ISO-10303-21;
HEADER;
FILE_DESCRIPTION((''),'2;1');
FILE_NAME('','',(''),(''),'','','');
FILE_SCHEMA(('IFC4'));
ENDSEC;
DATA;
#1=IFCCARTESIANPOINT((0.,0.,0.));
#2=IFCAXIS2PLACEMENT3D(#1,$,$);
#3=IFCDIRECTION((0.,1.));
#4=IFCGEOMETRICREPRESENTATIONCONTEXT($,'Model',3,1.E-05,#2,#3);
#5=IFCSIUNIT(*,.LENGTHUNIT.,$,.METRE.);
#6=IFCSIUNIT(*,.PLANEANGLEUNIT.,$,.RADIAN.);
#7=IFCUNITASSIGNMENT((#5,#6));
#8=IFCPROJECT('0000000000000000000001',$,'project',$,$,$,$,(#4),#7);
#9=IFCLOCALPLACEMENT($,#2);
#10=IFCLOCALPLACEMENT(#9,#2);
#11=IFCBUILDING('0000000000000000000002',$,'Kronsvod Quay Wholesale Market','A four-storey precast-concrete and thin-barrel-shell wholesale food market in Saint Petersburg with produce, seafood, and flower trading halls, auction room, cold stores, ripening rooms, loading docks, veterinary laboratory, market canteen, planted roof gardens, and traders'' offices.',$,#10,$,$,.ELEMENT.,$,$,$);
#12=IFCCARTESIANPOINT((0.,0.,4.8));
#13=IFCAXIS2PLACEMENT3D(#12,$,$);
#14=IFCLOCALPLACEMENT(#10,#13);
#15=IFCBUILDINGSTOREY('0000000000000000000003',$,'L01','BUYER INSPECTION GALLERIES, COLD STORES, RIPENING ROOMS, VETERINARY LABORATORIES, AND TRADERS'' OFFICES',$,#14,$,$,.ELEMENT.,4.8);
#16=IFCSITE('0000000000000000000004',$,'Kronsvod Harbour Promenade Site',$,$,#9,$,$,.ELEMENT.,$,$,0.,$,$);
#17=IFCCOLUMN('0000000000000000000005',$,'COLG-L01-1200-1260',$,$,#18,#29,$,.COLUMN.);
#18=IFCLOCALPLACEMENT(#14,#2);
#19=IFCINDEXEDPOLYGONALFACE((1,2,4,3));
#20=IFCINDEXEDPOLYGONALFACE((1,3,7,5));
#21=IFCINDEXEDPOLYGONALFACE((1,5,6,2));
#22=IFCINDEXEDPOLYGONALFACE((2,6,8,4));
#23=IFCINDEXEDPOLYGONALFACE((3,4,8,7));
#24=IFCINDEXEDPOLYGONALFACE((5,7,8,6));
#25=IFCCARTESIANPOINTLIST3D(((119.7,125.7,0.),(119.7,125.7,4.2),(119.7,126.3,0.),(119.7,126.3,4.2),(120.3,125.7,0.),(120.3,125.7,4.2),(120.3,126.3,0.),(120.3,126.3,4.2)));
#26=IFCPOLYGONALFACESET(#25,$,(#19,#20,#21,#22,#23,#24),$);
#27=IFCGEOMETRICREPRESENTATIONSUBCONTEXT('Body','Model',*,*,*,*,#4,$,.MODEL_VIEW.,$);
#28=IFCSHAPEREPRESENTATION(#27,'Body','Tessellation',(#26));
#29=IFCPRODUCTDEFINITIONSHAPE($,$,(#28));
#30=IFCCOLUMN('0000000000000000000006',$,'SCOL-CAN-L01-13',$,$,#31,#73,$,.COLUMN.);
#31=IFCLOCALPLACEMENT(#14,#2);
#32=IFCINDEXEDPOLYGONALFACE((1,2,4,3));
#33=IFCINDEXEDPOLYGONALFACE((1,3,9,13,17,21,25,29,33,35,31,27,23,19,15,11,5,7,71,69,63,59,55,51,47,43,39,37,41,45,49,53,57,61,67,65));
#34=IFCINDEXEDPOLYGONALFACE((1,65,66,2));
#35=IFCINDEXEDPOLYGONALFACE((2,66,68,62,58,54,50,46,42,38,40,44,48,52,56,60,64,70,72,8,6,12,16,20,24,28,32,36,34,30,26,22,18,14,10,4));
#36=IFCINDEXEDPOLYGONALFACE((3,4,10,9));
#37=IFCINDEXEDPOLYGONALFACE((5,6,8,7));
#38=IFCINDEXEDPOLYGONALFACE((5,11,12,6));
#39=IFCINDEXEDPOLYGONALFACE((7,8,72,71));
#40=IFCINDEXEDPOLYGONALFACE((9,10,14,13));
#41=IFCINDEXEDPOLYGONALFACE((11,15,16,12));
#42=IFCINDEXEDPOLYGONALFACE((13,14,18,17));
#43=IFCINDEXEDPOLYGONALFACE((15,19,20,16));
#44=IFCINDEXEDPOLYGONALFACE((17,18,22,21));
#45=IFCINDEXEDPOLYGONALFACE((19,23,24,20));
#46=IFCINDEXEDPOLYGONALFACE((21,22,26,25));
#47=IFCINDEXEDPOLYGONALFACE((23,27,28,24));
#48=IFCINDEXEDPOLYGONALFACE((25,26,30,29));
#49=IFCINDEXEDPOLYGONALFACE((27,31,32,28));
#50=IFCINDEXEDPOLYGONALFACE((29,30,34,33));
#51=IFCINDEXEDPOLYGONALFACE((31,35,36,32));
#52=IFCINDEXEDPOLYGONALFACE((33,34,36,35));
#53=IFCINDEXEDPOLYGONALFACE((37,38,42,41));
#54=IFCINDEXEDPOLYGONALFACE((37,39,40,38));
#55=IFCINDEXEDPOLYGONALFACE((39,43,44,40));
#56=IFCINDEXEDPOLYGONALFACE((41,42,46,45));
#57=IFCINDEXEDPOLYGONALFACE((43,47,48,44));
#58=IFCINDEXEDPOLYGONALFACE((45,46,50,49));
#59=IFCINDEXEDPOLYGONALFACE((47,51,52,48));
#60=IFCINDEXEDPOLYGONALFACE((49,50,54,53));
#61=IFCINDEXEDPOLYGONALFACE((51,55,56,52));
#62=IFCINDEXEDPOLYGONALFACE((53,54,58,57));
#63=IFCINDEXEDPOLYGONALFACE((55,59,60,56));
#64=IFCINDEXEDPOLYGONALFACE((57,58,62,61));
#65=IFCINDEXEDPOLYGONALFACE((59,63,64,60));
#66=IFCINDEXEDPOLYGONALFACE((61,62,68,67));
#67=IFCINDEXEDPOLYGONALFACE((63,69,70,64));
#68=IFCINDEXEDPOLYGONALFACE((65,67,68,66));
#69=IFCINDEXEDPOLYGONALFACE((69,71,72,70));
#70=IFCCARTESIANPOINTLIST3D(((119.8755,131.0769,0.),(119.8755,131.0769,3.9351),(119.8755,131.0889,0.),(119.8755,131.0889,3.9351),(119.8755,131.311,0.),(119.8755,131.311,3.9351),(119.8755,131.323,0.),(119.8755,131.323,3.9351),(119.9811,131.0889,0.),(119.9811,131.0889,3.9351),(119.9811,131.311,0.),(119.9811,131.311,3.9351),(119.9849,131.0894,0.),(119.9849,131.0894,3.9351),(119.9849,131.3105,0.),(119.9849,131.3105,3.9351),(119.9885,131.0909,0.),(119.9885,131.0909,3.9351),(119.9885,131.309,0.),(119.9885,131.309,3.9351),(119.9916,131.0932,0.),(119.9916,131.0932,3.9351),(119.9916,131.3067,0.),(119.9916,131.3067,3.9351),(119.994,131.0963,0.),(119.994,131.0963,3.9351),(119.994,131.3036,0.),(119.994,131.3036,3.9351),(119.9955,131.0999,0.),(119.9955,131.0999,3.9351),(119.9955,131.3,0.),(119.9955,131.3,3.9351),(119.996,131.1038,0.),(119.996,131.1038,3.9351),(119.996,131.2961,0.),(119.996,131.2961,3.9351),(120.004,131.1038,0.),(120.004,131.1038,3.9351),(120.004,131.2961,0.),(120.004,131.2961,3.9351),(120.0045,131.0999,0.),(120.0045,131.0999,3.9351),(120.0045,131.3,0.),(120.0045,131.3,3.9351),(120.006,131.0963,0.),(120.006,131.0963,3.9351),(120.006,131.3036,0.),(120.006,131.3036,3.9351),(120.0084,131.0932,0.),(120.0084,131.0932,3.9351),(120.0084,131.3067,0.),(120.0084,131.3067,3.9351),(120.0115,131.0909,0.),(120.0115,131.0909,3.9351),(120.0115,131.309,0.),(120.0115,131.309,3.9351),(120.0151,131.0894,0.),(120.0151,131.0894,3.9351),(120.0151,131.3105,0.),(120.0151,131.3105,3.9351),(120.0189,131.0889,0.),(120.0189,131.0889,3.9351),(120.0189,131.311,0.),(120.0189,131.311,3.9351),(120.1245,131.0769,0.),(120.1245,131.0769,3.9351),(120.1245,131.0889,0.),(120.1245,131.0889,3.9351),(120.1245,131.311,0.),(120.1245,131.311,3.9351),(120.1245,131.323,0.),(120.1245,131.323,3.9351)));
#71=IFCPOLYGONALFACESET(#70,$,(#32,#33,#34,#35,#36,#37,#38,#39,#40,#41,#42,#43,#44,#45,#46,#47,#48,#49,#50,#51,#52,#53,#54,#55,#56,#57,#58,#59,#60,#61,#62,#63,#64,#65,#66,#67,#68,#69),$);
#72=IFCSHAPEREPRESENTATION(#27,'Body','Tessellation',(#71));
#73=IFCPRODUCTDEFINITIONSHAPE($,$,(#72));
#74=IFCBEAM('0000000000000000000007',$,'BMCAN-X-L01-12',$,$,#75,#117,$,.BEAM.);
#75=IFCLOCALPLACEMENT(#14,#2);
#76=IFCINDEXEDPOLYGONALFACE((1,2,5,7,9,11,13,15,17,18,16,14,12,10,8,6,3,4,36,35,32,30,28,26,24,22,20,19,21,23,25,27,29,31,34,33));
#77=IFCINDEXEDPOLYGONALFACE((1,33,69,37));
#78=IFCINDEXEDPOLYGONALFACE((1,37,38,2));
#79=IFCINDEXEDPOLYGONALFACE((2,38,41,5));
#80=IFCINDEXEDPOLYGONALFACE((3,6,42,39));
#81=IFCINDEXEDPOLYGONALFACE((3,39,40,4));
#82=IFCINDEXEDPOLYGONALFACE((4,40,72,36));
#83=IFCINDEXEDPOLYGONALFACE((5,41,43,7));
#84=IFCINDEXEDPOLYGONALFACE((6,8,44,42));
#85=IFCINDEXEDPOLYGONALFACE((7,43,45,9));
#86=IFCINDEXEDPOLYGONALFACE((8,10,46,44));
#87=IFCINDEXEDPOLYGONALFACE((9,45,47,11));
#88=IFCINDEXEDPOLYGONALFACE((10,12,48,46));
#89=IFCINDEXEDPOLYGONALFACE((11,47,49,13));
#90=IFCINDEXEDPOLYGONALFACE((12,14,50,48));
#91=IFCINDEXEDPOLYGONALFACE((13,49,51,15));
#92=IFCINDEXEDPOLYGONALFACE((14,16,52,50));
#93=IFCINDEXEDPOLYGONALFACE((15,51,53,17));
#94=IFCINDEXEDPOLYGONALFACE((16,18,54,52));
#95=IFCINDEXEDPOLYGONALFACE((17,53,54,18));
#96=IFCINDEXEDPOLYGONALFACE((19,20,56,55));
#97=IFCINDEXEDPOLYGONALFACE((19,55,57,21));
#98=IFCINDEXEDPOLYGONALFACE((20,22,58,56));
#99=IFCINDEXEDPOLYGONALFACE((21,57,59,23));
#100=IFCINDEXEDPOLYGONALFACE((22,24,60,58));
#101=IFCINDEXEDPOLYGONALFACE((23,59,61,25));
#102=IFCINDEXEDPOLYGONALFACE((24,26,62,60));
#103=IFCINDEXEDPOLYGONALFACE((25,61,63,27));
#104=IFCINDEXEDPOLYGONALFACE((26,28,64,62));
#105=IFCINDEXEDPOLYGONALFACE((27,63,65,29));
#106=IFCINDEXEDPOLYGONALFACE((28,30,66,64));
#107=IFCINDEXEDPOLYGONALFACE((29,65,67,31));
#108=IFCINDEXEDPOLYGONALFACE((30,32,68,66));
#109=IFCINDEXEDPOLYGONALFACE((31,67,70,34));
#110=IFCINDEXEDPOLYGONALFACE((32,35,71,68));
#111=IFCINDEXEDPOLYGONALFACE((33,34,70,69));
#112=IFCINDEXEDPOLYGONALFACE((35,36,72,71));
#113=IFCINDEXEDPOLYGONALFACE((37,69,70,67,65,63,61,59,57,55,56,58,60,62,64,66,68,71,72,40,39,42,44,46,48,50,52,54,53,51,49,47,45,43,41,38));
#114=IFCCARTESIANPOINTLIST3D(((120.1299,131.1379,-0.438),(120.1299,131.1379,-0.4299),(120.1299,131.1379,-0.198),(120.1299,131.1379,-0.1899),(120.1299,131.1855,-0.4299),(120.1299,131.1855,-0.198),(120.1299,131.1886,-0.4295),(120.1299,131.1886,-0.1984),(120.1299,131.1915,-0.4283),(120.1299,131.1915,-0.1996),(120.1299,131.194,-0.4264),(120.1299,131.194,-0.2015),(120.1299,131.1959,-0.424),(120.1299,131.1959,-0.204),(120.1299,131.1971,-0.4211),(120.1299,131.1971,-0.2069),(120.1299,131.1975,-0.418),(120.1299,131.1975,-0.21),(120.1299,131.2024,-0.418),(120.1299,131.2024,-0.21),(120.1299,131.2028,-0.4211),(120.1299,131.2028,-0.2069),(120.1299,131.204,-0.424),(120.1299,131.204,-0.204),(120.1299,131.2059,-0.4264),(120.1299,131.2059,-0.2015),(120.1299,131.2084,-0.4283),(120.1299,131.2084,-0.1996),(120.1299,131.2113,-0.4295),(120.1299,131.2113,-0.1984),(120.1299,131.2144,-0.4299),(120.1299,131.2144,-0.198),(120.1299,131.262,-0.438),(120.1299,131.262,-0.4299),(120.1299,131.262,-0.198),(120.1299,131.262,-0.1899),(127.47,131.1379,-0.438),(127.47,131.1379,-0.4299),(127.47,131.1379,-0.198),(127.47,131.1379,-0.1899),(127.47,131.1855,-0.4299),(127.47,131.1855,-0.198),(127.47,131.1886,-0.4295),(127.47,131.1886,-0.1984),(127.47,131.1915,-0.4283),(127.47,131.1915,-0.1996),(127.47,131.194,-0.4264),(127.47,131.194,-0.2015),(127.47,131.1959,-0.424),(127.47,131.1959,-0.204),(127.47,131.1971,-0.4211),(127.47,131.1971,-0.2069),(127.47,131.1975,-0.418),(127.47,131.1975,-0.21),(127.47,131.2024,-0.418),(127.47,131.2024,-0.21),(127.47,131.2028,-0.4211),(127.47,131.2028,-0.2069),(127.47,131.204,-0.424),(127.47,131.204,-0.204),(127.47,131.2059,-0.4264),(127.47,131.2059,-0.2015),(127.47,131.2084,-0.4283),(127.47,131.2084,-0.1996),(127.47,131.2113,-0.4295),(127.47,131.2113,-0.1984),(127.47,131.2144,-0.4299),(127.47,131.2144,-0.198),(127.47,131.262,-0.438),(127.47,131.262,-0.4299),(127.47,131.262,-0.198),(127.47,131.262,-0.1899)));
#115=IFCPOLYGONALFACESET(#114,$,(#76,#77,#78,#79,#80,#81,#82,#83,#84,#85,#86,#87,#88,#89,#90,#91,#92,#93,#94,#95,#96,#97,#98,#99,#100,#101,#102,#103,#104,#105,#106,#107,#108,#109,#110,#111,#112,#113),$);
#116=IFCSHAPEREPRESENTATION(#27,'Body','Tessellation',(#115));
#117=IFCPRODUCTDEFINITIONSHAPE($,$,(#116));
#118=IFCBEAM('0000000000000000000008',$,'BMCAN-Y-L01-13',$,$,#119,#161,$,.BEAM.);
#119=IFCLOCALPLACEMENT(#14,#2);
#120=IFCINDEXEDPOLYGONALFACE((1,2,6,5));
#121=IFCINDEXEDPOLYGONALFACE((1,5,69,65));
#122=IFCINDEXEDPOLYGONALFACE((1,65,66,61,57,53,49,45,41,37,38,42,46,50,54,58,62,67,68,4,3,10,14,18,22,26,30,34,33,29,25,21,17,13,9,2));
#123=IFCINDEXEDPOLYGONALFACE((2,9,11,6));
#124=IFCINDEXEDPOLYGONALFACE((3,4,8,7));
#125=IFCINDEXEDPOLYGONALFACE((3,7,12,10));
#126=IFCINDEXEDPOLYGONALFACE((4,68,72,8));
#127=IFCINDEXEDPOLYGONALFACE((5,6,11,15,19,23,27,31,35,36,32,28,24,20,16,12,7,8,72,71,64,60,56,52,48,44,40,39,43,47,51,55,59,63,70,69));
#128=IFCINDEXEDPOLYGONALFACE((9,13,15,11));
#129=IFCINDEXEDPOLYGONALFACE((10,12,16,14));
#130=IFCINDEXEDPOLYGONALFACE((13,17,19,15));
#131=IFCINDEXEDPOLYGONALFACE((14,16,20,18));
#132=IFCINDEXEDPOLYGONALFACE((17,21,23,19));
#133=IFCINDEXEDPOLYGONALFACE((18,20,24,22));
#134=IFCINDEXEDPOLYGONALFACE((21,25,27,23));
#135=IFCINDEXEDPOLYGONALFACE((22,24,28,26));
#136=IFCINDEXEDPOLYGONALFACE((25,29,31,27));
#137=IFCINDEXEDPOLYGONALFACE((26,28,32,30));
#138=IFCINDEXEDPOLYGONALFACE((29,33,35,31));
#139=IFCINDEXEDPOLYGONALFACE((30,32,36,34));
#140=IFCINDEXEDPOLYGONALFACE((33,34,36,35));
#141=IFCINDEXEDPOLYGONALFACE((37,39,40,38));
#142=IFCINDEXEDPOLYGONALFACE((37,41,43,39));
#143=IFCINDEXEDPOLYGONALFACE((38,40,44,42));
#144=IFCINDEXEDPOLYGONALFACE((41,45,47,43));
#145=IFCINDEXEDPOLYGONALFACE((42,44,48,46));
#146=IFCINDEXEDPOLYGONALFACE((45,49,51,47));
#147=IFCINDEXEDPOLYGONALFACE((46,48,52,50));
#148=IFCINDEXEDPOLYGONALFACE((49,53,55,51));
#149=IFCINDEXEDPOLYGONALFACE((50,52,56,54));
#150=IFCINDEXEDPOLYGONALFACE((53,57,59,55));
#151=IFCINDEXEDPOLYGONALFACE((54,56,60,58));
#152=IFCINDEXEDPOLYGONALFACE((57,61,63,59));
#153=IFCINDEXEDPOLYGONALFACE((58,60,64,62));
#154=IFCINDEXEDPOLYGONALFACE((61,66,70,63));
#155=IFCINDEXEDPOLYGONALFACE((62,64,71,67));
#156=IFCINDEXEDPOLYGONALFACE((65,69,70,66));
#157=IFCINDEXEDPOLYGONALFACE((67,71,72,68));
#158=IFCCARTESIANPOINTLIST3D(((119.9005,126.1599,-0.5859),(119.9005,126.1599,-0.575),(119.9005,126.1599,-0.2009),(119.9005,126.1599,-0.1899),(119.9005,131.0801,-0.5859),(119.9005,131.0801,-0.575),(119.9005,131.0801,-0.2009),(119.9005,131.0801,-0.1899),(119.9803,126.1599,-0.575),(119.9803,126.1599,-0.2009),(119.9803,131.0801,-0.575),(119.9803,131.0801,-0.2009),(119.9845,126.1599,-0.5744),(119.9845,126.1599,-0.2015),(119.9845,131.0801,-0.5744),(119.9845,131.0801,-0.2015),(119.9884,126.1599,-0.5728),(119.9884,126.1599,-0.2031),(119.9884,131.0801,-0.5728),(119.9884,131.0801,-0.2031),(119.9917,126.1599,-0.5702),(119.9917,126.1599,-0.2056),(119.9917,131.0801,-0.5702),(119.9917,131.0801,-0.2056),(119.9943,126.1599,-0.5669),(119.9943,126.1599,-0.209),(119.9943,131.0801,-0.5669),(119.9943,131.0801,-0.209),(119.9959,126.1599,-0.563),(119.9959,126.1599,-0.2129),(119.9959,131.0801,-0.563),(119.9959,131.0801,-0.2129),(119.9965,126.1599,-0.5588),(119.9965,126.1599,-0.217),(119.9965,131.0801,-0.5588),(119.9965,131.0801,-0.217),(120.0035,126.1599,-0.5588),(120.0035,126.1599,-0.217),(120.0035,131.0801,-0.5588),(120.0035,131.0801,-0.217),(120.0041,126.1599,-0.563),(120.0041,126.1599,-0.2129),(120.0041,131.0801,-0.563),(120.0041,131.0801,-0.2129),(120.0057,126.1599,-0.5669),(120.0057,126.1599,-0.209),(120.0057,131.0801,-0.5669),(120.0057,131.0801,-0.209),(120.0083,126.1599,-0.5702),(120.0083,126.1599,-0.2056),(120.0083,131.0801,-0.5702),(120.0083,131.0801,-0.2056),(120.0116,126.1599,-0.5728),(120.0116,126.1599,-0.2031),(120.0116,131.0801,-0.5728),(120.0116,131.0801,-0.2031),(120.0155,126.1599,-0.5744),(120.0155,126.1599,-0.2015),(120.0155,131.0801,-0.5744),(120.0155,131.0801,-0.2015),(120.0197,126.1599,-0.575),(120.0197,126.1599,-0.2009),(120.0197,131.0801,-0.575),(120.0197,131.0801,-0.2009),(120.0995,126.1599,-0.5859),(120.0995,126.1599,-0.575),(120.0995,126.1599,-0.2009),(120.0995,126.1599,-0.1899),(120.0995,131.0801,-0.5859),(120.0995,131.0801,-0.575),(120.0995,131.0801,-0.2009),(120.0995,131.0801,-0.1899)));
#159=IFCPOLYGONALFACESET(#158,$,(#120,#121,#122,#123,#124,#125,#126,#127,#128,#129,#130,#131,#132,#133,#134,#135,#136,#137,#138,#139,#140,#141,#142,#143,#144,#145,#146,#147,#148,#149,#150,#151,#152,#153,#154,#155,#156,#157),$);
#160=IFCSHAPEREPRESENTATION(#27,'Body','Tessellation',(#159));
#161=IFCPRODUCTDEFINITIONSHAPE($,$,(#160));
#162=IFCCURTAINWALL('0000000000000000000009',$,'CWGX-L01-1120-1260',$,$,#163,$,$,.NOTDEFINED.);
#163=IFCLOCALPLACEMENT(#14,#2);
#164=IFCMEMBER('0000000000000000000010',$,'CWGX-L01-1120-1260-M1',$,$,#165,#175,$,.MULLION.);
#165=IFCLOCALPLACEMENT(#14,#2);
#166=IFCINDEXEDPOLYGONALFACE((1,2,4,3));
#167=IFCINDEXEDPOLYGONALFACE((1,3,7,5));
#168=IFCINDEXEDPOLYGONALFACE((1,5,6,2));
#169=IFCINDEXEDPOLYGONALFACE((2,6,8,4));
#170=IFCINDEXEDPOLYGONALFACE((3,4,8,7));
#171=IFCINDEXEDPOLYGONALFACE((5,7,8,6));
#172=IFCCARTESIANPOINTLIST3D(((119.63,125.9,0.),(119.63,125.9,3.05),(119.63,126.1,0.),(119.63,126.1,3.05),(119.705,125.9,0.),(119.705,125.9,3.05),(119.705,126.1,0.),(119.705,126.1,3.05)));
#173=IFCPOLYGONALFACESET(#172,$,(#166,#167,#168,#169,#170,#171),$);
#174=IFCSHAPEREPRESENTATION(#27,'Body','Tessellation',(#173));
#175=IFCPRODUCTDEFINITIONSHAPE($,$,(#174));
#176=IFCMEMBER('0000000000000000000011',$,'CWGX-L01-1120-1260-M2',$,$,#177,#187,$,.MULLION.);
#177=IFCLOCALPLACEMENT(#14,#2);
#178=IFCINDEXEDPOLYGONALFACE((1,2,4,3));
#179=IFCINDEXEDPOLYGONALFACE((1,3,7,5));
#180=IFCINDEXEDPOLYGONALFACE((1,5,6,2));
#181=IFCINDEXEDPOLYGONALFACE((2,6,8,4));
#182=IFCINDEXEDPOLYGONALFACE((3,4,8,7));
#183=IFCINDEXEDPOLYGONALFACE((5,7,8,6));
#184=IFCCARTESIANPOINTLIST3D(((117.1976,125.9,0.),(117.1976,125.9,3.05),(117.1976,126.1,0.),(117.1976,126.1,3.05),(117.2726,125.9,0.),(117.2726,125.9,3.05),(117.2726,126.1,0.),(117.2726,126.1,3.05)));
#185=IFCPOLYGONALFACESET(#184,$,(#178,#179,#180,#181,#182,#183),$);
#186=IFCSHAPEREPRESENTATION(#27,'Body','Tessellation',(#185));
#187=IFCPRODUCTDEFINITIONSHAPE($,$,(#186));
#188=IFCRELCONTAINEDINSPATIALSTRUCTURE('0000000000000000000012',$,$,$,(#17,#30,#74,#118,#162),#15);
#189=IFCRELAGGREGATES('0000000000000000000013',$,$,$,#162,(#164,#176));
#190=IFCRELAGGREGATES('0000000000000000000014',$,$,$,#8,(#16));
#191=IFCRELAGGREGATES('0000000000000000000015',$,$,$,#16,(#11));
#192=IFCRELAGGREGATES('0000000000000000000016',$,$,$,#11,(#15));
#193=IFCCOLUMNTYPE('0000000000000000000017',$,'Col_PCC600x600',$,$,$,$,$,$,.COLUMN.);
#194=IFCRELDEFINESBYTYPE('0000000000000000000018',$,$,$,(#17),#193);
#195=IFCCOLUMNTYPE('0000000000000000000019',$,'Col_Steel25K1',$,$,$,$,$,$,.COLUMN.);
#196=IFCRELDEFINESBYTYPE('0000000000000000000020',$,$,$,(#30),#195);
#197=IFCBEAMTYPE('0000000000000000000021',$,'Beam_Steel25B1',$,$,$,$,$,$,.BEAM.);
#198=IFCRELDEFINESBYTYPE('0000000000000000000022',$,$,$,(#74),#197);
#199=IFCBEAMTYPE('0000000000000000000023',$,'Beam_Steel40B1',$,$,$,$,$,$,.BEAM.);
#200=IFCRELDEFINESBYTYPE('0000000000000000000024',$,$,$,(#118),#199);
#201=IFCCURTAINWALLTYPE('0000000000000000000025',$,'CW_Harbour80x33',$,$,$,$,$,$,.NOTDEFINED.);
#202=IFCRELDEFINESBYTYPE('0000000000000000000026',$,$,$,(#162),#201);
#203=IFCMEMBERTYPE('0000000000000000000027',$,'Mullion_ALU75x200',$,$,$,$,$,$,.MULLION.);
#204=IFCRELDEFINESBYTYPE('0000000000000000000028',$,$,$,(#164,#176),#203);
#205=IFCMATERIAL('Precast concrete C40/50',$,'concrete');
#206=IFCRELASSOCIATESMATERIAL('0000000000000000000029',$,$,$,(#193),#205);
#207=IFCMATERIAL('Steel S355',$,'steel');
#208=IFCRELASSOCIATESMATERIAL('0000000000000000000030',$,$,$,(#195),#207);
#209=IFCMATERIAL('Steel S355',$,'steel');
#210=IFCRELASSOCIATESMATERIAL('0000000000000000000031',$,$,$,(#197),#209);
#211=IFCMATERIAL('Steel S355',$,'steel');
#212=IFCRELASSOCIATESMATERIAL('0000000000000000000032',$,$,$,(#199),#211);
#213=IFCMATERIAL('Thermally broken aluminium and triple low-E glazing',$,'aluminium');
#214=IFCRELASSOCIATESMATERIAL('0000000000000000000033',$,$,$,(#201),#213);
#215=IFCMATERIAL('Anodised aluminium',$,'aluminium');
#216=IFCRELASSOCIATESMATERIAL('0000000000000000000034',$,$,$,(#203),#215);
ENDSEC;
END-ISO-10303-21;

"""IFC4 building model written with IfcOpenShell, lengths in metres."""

from ifc_helpers import new_model, si_unit, direction, frame, origin, origin_2d, place, context, subcontext, project, spatial, rectangle, i_section, extrude, material, material_profile, profile_set, type_object, element, aggregate, save


model = new_model("IFC4")

# Units and contexts
model_context = context("Model", 3, precision=1e-05, world=origin(), true_north=direction((0.0, 1.0)))
body_context = subcontext(model_context, "Body", "Model", "MODEL_VIEW")
ifc_project = project(units=[si_unit("LENGTHUNIT", "METRE"), si_unit("PLANEANGLEUNIT", "RADIAN")], contexts=[model_context])

# Site, building, storey
site_placement = place(None, origin())
site = spatial("IfcSite", under=ifc_project, at=site_placement, Name="Kronsvod Harbour Promenade Site", CompositionType="ELEMENT", RefElevation=0.0)
building_placement = place(site_placement, origin())
building = spatial("IfcBuilding", under=site, at=building_placement, Name="Kronsvod Quay Wholesale Market", Description="A four-storey precast-concrete and thin-barrel-shell wholesale food market in Saint Petersburg with produce, seafood, and flower trading halls, auction room, cold stores, ripening rooms, loading docks, veterinary laboratory, market canteen, planted roof gardens, and traders' offices.", CompositionType="ELEMENT")
storey_placement = place(building_placement, frame((0.0, 0.0, 4.8)))
storey = spatial("IfcBuildingStorey", under=building, at=storey_placement, Name="L01", Description="BUYER INSPECTION GALLERIES, COLD STORES, RIPENING ROOMS, VETERINARY LABORATORIES, AND TRADERS' OFFICES", CompositionType="ELEMENT", Elevation=4.8)

# Columns
ifc_material_1 = material(Name="Precast concrete C40/50", Category="concrete")
ifc_material_profile_1 = material_profile(ifc_material_1, rectangle(XDim=0.6001, YDim=0.6001, at=origin_2d()), Name="PCC600x600")
ifc_profile_set_1 = profile_set([ifc_material_profile_1], Name="Precast concrete C40/50")
column_type_1 = type_object("IfcColumnType", Name="Col_PCC600x600", PredefinedType="COLUMN", material=ifc_profile_set_1)
column_1_placement = place(storey_placement, frame((120.0, 126.0, 0.0), z_axis=(0.0, 0.0, 1.0), x_axis=(1.0, 0.0, 0.0)))
element("IfcColumn", 1, at=column_1_placement, inside=storey, type_object=column_type_1, Name="COLG-L01-1200-1260", PredefinedType="COLUMN", context=body_context, shape_type="SweptSolid", body=[
    extrude(rectangle(XDim=0.6001, YDim=0.6001, at=origin_2d()), origin(), (0.0, 0.0, 1.0), 4.2),
])
ifc_material_2 = material(Name="Steel S355", Category="steel")
ifc_material_profile_2 = material_profile(ifc_material_2, i_section(OverallWidth=0.249, OverallDepth=0.2461, WebThickness=0.0081, FlangeThickness=0.012, FilletRadius=0.0149, at=origin_2d()), Name="25K1")
ifc_profile_set_2 = profile_set([ifc_material_profile_2], Name="Steel S355")
column_type_2 = type_object("IfcColumnType", Name="Col_Steel25K1", PredefinedType="COLUMN", material=ifc_profile_set_2)
column_2_placement = place(storey_placement, frame((120.0, 131.2, 0.0), z_axis=(0.0, 0.0, 1.0), x_axis=(1.0, 0.0, 0.0)))
element("IfcColumn", 2, at=column_2_placement, inside=storey, type_object=column_type_2, Name="SCOL-CAN-L01-13", PredefinedType="COLUMN", context=body_context, shape_type="SweptSolid", body=[
    extrude(i_section(OverallWidth=0.249, OverallDepth=0.2461, WebThickness=0.0081, FlangeThickness=0.012, FilletRadius=0.0149, at=origin_2d()), origin(), (0.0, 0.0, 1.0), 3.9351),
])

# Beams
ifc_material_3 = material(Name="Steel S355", Category="steel")
ifc_material_profile_3 = material_profile(ifc_material_3, i_section(OverallWidth=0.124, OverallDepth=0.248, WebThickness=0.0049, FlangeThickness=0.0081, FilletRadius=0.012, at=origin_2d()), Name="25B1")
ifc_profile_set_3 = profile_set([ifc_material_profile_3], Name="Steel S355")
beam_type_1 = type_object("IfcBeamType", Name="Beam_Steel25B1", PredefinedType="BEAM", material=ifc_profile_set_3)
beam_1_placement = place(storey_placement, frame((120.1299, 131.2, -0.314), z_axis=(1.0, 0.0, 0.0), x_axis=(0.0, 1.0, 0.0)))
element("IfcBeam", 3, at=beam_1_placement, inside=storey, type_object=beam_type_1, Name="BMCAN-X-L01-12", PredefinedType="BEAM", context=body_context, shape_type="SweptSolid", body=[
    extrude(i_section(OverallWidth=0.124, OverallDepth=0.248, WebThickness=0.0049, FlangeThickness=0.0081, FilletRadius=0.012, at=origin_2d()), origin(), (0.0, 0.0, 1.0), 7.3401),
])
ifc_material_4 = material(Name="Steel S355", Category="steel")
ifc_material_profile_4 = material_profile(ifc_material_4, i_section(OverallWidth=0.199, OverallDepth=0.396, WebThickness=0.0071, FlangeThickness=0.011, FilletRadius=0.0161, at=origin_2d()), Name="40B1")
ifc_profile_set_4 = profile_set([ifc_material_profile_4], Name="Steel S355")
beam_type_2 = type_object("IfcBeamType", Name="Beam_Steel40B1", PredefinedType="BEAM", material=ifc_profile_set_4)
beam_2_placement = place(storey_placement, frame((120.0, 126.1599, -0.3879), z_axis=(0.0, 1.0, 0.0), x_axis=(-1.0, 0.0, 0.0)))
element("IfcBeam", 4, at=beam_2_placement, inside=storey, type_object=beam_type_2, Name="BMCAN-Y-L01-13", PredefinedType="BEAM", context=body_context, shape_type="SweptSolid", body=[
    extrude(i_section(OverallWidth=0.199, OverallDepth=0.396, WebThickness=0.0071, FlangeThickness=0.011, FilletRadius=0.0161, at=origin_2d()), origin(), (0.0, 0.0, 1.0), 4.9202),
])

# Curtain wall, members
ifc_material_5 = material(Name="Thermally broken aluminium and triple low-E glazing", Category="aluminium")
curtain_wall_type_1 = type_object("IfcCurtainWallType", Name="CW_Harbour80x33", PredefinedType="NOTDEFINED", material=ifc_material_5)
curtain_wall_1_placement = place(storey_placement, origin())
curtain_wall_1 = element("IfcCurtainWall", 5, at=curtain_wall_1_placement, inside=storey, type_object=curtain_wall_type_1, Name="CWGX-L01-1120-1260", PredefinedType="NOTDEFINED")
ifc_material_6 = material(Name="Anodised aluminium", Category="aluminium")
ifc_material_profile_5 = material_profile(ifc_material_6, rectangle(XDim=0.075, YDim=0.2, at=origin_2d()), Name="ALUM75x200")
ifc_profile_set_5 = profile_set([ifc_material_profile_5], Name="Anodised aluminium")
member_type_1 = type_object("IfcMemberType", Name="Mullion_ALU75x200", PredefinedType="MULLION", material=ifc_profile_set_5)
member_1_placement = place(storey_placement, frame((119.6675, 126.0, 0.0), z_axis=(0.0, 0.0, 1.0), x_axis=(1.0, 0.0, 0.0)))
member_1 = element("IfcMember", 6, at=member_1_placement, type_object=member_type_1, Name="CWGX-L01-1120-1260-M1", PredefinedType="MULLION", context=body_context, shape_type="SweptSolid", body=[
    extrude(rectangle(XDim=0.075, YDim=0.2, at=origin_2d()), origin(), (0.0, 0.0, 1.0), 3.05),
])
member_2_placement = place(storey_placement, frame((117.2351, 126.0, 0.0), z_axis=(0.0, 0.0, 1.0), x_axis=(1.0, 0.0, 0.0)))
member_2 = element("IfcMember", 7, at=member_2_placement, type_object=member_type_1, Name="CWGX-L01-1120-1260-M2", PredefinedType="MULLION", context=body_context, shape_type="SweptSolid", body=[
    extrude(rectangle(XDim=0.075, YDim=0.2, at=origin_2d()), origin(), (0.0, 0.0, 1.0), 3.05),
])

aggregate(curtain_wall_1, [member_1, member_2])

save(model, "model.ifc")
